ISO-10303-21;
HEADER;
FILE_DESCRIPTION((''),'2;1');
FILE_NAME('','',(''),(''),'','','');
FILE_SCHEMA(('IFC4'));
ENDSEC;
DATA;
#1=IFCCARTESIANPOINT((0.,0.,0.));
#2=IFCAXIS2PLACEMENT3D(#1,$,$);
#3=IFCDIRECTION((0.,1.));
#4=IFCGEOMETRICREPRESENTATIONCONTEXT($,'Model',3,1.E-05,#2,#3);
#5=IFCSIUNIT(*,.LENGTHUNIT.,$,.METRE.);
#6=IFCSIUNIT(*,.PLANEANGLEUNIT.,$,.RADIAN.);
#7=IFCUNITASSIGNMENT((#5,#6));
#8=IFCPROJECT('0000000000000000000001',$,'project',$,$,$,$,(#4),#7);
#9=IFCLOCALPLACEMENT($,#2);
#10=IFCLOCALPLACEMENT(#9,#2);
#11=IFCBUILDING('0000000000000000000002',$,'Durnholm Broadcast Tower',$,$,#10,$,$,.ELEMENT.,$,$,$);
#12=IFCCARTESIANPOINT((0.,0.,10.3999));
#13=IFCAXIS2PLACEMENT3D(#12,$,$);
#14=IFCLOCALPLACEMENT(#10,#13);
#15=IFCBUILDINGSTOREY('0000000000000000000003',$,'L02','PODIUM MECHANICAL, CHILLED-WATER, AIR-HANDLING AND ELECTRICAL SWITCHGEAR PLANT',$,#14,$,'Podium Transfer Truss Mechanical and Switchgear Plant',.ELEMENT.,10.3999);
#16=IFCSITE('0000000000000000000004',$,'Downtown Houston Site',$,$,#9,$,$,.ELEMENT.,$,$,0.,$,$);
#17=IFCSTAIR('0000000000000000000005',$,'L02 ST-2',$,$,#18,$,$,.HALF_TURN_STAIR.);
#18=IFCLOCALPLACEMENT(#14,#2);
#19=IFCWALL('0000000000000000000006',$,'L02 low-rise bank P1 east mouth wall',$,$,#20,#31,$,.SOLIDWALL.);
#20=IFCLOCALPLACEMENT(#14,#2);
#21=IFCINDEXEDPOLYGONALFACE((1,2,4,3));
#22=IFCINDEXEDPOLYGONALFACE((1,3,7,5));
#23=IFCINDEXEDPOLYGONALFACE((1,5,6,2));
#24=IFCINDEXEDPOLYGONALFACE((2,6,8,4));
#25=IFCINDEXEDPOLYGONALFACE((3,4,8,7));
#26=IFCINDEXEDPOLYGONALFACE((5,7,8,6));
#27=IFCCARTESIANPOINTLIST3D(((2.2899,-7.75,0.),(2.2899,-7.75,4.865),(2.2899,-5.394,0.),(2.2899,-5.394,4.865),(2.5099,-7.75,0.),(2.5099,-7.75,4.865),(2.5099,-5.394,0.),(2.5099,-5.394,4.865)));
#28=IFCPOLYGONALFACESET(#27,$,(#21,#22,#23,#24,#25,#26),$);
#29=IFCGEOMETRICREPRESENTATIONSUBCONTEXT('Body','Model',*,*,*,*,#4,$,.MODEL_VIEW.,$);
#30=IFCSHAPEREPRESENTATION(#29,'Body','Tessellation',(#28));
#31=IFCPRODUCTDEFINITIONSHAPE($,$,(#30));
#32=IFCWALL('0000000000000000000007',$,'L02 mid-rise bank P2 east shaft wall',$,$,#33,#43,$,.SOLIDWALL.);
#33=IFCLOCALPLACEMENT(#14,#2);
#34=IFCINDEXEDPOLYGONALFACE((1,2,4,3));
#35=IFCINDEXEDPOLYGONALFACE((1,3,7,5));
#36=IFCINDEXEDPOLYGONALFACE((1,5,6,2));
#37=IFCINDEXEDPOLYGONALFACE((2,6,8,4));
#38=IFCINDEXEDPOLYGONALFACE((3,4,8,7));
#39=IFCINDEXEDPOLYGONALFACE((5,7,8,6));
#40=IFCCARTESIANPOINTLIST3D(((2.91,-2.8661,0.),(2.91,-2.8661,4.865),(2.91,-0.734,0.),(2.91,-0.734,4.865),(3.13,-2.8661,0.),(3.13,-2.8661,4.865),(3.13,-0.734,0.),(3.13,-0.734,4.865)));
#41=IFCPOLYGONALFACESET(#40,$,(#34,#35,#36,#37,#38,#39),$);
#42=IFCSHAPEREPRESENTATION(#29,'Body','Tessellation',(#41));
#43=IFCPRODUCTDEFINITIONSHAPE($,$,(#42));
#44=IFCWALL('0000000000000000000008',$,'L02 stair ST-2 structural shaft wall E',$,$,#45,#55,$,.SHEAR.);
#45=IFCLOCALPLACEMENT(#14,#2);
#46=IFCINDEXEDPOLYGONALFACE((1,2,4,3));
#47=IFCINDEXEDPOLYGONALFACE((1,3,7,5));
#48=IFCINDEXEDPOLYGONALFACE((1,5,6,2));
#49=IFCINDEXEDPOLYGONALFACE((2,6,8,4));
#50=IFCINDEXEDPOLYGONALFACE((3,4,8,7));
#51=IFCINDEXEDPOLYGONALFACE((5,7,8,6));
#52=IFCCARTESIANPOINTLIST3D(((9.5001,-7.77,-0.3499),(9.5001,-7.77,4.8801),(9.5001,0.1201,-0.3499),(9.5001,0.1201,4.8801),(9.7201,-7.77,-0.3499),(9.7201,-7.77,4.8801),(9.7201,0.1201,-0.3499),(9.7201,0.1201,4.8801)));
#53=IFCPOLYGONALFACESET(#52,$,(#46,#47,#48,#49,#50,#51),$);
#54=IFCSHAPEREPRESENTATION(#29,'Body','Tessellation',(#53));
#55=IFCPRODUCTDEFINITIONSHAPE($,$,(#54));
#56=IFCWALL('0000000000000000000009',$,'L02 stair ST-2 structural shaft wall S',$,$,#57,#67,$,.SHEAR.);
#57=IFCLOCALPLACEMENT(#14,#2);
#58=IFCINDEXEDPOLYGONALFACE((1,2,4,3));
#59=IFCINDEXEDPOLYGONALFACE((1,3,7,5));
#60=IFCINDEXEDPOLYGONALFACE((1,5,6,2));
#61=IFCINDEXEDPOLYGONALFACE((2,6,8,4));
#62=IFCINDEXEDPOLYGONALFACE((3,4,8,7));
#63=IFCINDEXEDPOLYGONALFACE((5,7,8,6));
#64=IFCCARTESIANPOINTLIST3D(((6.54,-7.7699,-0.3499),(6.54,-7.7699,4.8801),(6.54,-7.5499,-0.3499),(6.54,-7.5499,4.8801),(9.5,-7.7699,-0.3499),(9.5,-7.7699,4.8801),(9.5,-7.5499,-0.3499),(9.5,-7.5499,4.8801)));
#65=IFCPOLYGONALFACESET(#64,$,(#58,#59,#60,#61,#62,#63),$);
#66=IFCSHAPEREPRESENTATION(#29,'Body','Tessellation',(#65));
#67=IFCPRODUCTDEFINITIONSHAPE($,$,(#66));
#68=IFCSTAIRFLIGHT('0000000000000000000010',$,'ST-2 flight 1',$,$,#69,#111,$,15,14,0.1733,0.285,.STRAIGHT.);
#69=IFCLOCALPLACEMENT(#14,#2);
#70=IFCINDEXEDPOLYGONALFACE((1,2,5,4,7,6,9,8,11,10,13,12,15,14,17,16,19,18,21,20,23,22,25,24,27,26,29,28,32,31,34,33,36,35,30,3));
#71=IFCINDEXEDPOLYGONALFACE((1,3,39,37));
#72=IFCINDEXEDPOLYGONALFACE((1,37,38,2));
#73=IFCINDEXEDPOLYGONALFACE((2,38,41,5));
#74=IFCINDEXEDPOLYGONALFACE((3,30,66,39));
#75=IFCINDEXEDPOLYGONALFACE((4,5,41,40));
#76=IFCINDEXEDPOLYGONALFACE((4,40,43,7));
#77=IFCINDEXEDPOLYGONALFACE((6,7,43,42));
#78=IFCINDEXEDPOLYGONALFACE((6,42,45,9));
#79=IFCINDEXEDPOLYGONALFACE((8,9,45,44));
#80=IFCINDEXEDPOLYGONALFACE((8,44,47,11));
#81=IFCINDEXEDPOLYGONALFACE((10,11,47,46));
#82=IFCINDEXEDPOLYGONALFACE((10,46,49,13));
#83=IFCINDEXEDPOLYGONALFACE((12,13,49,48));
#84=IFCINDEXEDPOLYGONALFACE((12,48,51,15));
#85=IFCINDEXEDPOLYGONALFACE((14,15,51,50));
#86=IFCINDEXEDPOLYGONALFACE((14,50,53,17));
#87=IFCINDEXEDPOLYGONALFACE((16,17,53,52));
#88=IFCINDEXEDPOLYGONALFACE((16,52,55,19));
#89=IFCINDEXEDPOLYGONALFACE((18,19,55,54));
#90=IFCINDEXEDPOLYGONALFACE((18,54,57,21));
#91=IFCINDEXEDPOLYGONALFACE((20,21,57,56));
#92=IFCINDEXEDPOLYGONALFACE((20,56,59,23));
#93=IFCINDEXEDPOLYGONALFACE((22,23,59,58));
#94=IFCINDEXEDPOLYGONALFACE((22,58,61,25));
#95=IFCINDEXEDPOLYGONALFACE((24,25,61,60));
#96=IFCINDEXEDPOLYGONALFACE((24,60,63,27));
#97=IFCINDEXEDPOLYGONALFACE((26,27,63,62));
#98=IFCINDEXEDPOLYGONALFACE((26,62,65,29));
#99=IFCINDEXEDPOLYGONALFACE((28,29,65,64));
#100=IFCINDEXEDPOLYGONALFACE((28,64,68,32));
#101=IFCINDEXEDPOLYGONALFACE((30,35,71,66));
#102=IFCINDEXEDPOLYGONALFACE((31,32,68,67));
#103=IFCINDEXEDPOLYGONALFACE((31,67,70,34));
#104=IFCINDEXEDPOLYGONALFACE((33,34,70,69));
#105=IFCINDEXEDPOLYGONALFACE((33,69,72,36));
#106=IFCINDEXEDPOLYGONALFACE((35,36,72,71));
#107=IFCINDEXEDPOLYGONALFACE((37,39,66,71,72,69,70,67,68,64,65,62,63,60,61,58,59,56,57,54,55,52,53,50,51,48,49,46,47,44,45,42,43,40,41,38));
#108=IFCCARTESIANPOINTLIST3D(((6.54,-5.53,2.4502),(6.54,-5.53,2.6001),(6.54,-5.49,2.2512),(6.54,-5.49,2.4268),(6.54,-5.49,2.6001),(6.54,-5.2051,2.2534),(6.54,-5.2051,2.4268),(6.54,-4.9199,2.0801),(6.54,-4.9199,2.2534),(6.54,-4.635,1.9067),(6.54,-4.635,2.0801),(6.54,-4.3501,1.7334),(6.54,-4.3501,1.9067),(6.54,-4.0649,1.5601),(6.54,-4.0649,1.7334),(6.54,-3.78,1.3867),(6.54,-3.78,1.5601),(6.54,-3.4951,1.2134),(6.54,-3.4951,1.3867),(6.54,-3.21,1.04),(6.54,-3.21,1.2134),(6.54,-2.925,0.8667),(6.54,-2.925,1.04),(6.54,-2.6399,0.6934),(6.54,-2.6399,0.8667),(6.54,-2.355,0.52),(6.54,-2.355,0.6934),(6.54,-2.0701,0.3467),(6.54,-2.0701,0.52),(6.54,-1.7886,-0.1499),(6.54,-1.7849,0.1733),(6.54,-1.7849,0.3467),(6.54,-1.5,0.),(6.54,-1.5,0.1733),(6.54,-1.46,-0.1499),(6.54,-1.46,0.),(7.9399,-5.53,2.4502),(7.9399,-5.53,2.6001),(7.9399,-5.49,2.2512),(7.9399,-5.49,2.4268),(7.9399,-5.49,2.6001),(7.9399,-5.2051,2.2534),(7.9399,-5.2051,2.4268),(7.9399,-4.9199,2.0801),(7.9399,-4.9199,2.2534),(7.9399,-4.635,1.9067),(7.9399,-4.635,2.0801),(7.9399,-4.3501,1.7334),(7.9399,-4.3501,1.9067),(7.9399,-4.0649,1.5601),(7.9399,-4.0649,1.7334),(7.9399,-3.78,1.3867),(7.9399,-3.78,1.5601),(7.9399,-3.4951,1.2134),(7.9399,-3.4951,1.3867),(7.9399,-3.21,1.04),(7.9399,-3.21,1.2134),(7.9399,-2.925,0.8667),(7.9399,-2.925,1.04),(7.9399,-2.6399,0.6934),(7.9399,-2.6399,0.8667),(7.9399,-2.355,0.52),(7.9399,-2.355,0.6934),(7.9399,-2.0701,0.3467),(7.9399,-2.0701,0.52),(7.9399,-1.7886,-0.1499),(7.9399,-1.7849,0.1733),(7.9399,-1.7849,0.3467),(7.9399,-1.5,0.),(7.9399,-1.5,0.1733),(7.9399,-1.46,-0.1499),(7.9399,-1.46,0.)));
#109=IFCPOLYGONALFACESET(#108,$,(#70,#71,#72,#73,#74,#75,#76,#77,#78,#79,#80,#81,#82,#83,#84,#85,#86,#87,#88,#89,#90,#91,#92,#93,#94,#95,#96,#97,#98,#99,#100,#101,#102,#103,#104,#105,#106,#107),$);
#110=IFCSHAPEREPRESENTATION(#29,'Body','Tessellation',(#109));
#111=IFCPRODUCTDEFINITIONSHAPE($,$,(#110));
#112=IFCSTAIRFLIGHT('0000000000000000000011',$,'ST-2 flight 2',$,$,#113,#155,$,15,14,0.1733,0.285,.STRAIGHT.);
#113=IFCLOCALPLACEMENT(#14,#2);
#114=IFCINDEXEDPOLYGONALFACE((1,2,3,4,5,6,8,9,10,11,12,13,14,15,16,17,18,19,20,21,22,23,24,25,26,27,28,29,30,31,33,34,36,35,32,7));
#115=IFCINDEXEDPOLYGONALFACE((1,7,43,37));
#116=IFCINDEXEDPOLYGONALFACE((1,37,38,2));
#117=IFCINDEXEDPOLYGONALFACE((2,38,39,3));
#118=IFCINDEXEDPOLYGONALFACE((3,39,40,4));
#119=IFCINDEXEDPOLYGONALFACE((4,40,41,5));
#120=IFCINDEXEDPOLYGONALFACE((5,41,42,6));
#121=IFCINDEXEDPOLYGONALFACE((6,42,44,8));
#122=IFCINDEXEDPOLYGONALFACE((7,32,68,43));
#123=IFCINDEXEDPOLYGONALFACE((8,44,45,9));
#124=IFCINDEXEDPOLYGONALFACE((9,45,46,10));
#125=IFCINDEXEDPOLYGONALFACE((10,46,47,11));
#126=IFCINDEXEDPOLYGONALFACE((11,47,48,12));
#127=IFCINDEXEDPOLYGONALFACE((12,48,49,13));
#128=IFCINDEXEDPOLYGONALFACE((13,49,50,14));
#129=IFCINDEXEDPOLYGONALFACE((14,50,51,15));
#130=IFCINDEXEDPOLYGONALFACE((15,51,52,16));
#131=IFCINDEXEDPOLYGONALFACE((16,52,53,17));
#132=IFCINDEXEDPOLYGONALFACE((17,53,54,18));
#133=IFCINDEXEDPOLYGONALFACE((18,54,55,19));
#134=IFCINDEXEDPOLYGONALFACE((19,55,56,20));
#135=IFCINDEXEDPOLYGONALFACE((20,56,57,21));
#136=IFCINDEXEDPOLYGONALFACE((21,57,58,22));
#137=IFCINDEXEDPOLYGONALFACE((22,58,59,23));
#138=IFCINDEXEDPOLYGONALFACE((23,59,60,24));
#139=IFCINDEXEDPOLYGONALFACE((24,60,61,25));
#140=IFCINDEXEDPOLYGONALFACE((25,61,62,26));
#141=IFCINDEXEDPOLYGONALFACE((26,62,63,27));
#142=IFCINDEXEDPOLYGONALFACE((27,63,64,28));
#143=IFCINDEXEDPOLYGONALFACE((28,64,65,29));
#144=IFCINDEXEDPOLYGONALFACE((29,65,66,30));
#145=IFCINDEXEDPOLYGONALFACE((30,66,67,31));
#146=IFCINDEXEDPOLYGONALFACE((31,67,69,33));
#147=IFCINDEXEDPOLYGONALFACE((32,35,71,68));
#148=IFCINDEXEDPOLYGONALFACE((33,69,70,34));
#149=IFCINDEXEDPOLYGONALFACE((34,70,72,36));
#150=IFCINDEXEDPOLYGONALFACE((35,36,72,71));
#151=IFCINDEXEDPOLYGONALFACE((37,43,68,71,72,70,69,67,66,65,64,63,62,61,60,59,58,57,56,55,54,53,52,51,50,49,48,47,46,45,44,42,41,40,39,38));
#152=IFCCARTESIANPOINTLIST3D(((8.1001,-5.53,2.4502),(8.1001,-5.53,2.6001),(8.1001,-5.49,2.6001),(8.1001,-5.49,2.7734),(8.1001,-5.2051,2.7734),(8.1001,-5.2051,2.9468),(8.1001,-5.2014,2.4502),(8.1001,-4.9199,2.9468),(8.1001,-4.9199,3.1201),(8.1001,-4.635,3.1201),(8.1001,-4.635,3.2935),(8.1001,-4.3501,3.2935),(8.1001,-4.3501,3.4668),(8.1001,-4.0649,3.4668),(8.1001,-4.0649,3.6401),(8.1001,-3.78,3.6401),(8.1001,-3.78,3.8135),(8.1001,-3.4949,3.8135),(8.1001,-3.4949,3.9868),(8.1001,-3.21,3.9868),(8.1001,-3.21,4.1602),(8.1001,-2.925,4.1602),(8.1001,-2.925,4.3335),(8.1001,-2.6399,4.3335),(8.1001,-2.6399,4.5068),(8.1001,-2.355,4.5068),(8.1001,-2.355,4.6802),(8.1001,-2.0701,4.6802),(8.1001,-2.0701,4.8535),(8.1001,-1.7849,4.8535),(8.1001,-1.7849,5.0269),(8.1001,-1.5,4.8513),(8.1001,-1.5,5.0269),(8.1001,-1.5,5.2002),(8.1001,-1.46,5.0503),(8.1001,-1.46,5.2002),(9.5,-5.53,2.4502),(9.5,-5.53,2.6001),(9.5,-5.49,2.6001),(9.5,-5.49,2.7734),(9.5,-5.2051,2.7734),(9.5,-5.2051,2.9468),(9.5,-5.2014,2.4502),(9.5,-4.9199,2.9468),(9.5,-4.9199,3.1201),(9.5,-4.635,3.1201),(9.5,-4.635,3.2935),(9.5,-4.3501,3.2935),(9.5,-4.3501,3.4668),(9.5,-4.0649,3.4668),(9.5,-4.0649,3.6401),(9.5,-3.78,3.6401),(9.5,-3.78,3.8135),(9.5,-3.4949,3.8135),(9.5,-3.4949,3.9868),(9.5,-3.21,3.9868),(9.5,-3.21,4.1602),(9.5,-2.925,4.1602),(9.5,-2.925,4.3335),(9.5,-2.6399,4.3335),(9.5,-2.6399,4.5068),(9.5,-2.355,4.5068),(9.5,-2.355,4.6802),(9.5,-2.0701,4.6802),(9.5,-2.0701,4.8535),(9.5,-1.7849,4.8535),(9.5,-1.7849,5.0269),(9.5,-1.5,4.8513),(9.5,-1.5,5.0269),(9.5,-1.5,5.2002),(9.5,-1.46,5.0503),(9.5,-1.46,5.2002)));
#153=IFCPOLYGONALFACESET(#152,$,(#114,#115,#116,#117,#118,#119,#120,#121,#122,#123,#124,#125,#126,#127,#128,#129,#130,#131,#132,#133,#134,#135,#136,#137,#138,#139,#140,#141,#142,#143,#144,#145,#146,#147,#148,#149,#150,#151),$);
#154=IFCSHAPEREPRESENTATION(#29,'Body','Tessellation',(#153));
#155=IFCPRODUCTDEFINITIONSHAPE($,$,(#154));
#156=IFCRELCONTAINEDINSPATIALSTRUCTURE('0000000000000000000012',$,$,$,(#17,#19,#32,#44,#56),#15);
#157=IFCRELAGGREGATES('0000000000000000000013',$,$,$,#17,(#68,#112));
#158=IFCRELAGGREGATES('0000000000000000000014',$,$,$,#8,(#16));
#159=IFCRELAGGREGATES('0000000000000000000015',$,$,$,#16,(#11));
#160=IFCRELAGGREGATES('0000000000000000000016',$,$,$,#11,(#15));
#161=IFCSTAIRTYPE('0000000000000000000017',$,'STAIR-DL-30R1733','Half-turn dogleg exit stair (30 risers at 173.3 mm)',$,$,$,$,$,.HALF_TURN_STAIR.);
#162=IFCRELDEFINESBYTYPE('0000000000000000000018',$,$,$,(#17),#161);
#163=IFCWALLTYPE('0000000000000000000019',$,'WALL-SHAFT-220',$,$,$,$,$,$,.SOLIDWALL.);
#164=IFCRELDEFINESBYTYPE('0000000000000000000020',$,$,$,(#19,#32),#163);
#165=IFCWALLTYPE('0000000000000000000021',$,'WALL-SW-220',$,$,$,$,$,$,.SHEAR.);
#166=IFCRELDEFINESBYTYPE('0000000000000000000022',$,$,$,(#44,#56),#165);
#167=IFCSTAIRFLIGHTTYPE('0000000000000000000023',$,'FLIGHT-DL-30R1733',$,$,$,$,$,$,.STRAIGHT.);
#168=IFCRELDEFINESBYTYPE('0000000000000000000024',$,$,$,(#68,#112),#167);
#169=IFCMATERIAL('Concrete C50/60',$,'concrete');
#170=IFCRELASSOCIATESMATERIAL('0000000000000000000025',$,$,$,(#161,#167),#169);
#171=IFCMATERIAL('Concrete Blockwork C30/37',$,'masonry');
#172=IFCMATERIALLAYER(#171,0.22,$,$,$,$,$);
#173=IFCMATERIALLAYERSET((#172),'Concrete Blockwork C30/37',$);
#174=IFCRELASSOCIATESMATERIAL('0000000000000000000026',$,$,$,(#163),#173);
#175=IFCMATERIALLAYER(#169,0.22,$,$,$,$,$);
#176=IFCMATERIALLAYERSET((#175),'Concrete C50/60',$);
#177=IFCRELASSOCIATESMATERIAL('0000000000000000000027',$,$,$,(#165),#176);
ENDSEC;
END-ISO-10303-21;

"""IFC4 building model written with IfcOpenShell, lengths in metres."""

from ifc_helpers import new_model, si_unit, direction, frame, frame_2d, origin, place, context, subcontext, project, spatial, polyline, rectangle, outline, extrude, material, layer, layer_set, type_object, element, aggregate, save


model = new_model("IFC4")

# Units and contexts
model_context = context("Model", 3, precision=1e-05, world=origin(), true_north=direction((0.0, 1.0)))
body_context = subcontext(model_context, "Body", "Model", "MODEL_VIEW")
ifc_project = project(units=[si_unit("LENGTHUNIT", "METRE"), si_unit("PLANEANGLEUNIT", "RADIAN")], contexts=[model_context])

# Site, building, storey
site_placement = place(None, origin())
site = spatial("IfcSite", under=ifc_project, at=site_placement, Name="Downtown Houston Site", CompositionType="ELEMENT", RefElevation=0.0)
building_placement = place(site_placement, origin())
building = spatial("IfcBuilding", under=site, at=building_placement, Name="Durnholm Broadcast Tower", CompositionType="ELEMENT")
storey_placement = place(building_placement, frame((0.0, 0.0, 10.3999)))
storey = spatial("IfcBuildingStorey", under=building, at=storey_placement, Name="L02", Description="PODIUM MECHANICAL, CHILLED-WATER, AIR-HANDLING AND ELECTRICAL SWITCHGEAR PLANT", LongName="Podium Transfer Truss Mechanical and Switchgear Plant", CompositionType="ELEMENT", Elevation=10.3999)

# Shared definitions
ifc_material_1 = material(Name="Concrete C50/60", Category="concrete")

# Stair
stair_type = type_object("IfcStairType", Name="STAIR-DL-30R1733", Description="Half-turn dogleg exit stair (30 risers at 173.3 mm)", PredefinedType="HALF_TURN_STAIR", material=ifc_material_1)
stair_1_placement = place(storey_placement, origin())
stair_1 = element("IfcStair", 1, at=stair_1_placement, inside=storey, type_object=stair_type, Name="L02 ST-2", PredefinedType="HALF_TURN_STAIR")

# Walls
ifc_material_2 = material(Name="Concrete Blockwork C30/37", Category="masonry")
ifc_layer_1 = layer(ifc_material_2, 0.22)
ifc_layer_set_1 = layer_set([ifc_layer_1], Name="Concrete Blockwork C30/37")
wall_type_1 = type_object("IfcWallType", Name="WALL-SHAFT-220", PredefinedType="SOLIDWALL", material=ifc_layer_set_1)
wall_1_placement = place(storey_placement, frame((2.3999, -7.75, 0.0), z_axis=(0.0, 0.0, 1.0), x_axis=(0.0, 1.0, 0.0)))
element("IfcWall", 2, at=wall_1_placement, inside=storey, type_object=wall_type_1, Name="L02 low-rise bank P1 east mouth wall", PredefinedType="SOLIDWALL", context=body_context, shape_type="SweptSolid", body=[
    extrude(rectangle(XDim=2.356, YDim=0.22, at=frame_2d((1.178, 0.0))), origin(), (0.0, 0.0, 1.0), 4.865),
])
wall_2_placement = place(storey_placement, frame((3.02, -2.866, 0.0), z_axis=(0.0, 0.0, 1.0), x_axis=(0.0, 1.0, 0.0)))
element("IfcWall", 3, at=wall_2_placement, inside=storey, type_object=wall_type_1, Name="L02 mid-rise bank P2 east shaft wall", PredefinedType="SOLIDWALL", context=body_context, shape_type="SweptSolid", body=[
    extrude(rectangle(XDim=2.1321, YDim=0.22, at=frame_2d((1.0659, 0.0))), origin(), (0.0, 0.0, 1.0), 4.865),
])
ifc_layer_2 = layer(ifc_material_1, 0.22)
ifc_layer_set_2 = layer_set([ifc_layer_2], Name="Concrete C50/60")
wall_type_2 = type_object("IfcWallType", Name="WALL-SW-220", PredefinedType="SHEAR", material=ifc_layer_set_2)
wall_3_placement = place(storey_placement, frame((9.6101, -7.77, -0.3499), z_axis=(0.0, 0.0, 1.0), x_axis=(0.0, 1.0, 0.0)))
element("IfcWall", 4, at=wall_3_placement, inside=storey, type_object=wall_type_2, Name="L02 stair ST-2 structural shaft wall E", PredefinedType="SHEAR", context=body_context, shape_type="SweptSolid", body=[
    extrude(rectangle(XDim=7.8901, YDim=0.22, at=frame_2d((3.9451, 0.0))), origin(), (0.0, 0.0, 1.0), 5.23),
])
wall_4_placement = place(storey_placement, frame((6.54, -7.6599, -0.3499), z_axis=(0.0, 0.0, 1.0), x_axis=(1.0, 0.0, 0.0)))
element("IfcWall", 5, at=wall_4_placement, inside=storey, type_object=wall_type_2, Name="L02 stair ST-2 structural shaft wall S", PredefinedType="SHEAR", context=body_context, shape_type="SweptSolid", body=[
    extrude(rectangle(XDim=2.96, YDim=0.22, at=frame_2d((1.48, 0.0))), origin(), (0.0, 0.0, 1.0), 5.23),
])

# Stair flights
stair_flight_type = type_object("IfcStairFlightType", Name="FLIGHT-DL-30R1733", PredefinedType="STRAIGHT", material=ifc_material_1)
stair_flight_1_placement = place(storey_placement, frame((7.24, -1.5, 0.0), z_axis=(0.0, 0.0, 1.0), x_axis=(0.0, -1.0, 0.0)))
stair_flight_1 = element("IfcStairFlight", 6, at=stair_flight_1_placement, type_object=stair_flight_type, Name="ST-2 flight 1", NumberOfRisers=15, NumberOfTreads=14, PredefinedType="STRAIGHT", RiserHeight=0.1733, TreadLength=0.285, context=body_context, shape_type="SweptSolid", body=[
    extrude(outline(polyline([(-0.04, -0.1499), (-0.04, 0.0), (0.0, 0.0), (0.0, 0.1733), (0.2849, 0.1733), (0.2849, 0.3467), (0.5701, 0.3467), (0.5701, 0.52), (0.855, 0.52), (0.855, 0.6934), (1.1399, 0.6934), (1.1399, 0.8667), (1.425, 0.8667), (1.425, 1.04), (1.71, 1.04), (1.71, 1.2134), (1.9951, 1.2134), (1.9951, 1.3867), (2.28, 1.3867), (2.28, 1.5601), (2.5649, 1.5601), (2.5649, 1.7334), (2.8501, 1.7334), (2.8501, 1.9067), (3.135, 1.9067), (3.135, 2.0801), (3.4199, 2.0801), (3.4199, 2.2534), (3.7051, 2.2534), (3.7051, 2.4268), (3.99, 2.4268), (3.99, 2.6001), (4.03, 2.6001), (4.03, 2.4502), (3.99, 2.2512), (0.2886, -0.1499), (-0.04, -0.1499)])), frame((0.0, 0.7, 0.0), z_axis=(0.0, -1.0, 0.0), x_axis=(1.0, 0.0, 0.0)), (0.0, 0.0, 1.0), 1.3999),
])
stair_flight_2_placement = place(storey_placement, frame((8.8, -5.49, 2.6001), z_axis=(0.0, 0.0, 1.0), x_axis=(0.0, 1.0, 0.0)))
stair_flight_2 = element("IfcStairFlight", 7, at=stair_flight_2_placement, type_object=stair_flight_type, Name="ST-2 flight 2", NumberOfRisers=15, NumberOfTreads=14, PredefinedType="STRAIGHT", RiserHeight=0.1733, TreadLength=0.285, context=body_context, shape_type="SweptSolid", body=[
    extrude(outline(polyline([(-0.04, -0.1499), (-0.04, 0.0), (0.0, 0.0), (0.0, 0.1733), (0.2849, 0.1733), (0.2849, 0.3467), (0.5701, 0.3467), (0.5701, 0.52), (0.855, 0.52), (0.855, 0.6934), (1.1399, 0.6934), (1.1399, 0.8667), (1.425, 0.8667), (1.425, 1.04), (1.71, 1.04), (1.71, 1.2134), (1.9951, 1.2134), (1.9951, 1.3867), (2.28, 1.3867), (2.28, 1.5601), (2.5649, 1.5601), (2.5649, 1.7334), (2.8501, 1.7334), (2.8501, 1.9067), (3.135, 1.9067), (3.135, 2.0801), (3.4199, 2.0801), (3.4199, 2.2534), (3.7051, 2.2534), (3.7051, 2.4268), (3.99, 2.4268), (3.99, 2.6001), (4.03, 2.6001), (4.03, 2.4502), (3.99, 2.2512), (0.2886, -0.1499), (-0.04, -0.1499)])), frame((0.0, 0.7, 0.0), z_axis=(0.0, -1.0, 0.0), x_axis=(1.0, 0.0, 0.0)), (0.0, 0.0, 1.0), 1.3999),
])
aggregate(stair_1, [stair_flight_1, stair_flight_2])

save(model, "model.ifc")
